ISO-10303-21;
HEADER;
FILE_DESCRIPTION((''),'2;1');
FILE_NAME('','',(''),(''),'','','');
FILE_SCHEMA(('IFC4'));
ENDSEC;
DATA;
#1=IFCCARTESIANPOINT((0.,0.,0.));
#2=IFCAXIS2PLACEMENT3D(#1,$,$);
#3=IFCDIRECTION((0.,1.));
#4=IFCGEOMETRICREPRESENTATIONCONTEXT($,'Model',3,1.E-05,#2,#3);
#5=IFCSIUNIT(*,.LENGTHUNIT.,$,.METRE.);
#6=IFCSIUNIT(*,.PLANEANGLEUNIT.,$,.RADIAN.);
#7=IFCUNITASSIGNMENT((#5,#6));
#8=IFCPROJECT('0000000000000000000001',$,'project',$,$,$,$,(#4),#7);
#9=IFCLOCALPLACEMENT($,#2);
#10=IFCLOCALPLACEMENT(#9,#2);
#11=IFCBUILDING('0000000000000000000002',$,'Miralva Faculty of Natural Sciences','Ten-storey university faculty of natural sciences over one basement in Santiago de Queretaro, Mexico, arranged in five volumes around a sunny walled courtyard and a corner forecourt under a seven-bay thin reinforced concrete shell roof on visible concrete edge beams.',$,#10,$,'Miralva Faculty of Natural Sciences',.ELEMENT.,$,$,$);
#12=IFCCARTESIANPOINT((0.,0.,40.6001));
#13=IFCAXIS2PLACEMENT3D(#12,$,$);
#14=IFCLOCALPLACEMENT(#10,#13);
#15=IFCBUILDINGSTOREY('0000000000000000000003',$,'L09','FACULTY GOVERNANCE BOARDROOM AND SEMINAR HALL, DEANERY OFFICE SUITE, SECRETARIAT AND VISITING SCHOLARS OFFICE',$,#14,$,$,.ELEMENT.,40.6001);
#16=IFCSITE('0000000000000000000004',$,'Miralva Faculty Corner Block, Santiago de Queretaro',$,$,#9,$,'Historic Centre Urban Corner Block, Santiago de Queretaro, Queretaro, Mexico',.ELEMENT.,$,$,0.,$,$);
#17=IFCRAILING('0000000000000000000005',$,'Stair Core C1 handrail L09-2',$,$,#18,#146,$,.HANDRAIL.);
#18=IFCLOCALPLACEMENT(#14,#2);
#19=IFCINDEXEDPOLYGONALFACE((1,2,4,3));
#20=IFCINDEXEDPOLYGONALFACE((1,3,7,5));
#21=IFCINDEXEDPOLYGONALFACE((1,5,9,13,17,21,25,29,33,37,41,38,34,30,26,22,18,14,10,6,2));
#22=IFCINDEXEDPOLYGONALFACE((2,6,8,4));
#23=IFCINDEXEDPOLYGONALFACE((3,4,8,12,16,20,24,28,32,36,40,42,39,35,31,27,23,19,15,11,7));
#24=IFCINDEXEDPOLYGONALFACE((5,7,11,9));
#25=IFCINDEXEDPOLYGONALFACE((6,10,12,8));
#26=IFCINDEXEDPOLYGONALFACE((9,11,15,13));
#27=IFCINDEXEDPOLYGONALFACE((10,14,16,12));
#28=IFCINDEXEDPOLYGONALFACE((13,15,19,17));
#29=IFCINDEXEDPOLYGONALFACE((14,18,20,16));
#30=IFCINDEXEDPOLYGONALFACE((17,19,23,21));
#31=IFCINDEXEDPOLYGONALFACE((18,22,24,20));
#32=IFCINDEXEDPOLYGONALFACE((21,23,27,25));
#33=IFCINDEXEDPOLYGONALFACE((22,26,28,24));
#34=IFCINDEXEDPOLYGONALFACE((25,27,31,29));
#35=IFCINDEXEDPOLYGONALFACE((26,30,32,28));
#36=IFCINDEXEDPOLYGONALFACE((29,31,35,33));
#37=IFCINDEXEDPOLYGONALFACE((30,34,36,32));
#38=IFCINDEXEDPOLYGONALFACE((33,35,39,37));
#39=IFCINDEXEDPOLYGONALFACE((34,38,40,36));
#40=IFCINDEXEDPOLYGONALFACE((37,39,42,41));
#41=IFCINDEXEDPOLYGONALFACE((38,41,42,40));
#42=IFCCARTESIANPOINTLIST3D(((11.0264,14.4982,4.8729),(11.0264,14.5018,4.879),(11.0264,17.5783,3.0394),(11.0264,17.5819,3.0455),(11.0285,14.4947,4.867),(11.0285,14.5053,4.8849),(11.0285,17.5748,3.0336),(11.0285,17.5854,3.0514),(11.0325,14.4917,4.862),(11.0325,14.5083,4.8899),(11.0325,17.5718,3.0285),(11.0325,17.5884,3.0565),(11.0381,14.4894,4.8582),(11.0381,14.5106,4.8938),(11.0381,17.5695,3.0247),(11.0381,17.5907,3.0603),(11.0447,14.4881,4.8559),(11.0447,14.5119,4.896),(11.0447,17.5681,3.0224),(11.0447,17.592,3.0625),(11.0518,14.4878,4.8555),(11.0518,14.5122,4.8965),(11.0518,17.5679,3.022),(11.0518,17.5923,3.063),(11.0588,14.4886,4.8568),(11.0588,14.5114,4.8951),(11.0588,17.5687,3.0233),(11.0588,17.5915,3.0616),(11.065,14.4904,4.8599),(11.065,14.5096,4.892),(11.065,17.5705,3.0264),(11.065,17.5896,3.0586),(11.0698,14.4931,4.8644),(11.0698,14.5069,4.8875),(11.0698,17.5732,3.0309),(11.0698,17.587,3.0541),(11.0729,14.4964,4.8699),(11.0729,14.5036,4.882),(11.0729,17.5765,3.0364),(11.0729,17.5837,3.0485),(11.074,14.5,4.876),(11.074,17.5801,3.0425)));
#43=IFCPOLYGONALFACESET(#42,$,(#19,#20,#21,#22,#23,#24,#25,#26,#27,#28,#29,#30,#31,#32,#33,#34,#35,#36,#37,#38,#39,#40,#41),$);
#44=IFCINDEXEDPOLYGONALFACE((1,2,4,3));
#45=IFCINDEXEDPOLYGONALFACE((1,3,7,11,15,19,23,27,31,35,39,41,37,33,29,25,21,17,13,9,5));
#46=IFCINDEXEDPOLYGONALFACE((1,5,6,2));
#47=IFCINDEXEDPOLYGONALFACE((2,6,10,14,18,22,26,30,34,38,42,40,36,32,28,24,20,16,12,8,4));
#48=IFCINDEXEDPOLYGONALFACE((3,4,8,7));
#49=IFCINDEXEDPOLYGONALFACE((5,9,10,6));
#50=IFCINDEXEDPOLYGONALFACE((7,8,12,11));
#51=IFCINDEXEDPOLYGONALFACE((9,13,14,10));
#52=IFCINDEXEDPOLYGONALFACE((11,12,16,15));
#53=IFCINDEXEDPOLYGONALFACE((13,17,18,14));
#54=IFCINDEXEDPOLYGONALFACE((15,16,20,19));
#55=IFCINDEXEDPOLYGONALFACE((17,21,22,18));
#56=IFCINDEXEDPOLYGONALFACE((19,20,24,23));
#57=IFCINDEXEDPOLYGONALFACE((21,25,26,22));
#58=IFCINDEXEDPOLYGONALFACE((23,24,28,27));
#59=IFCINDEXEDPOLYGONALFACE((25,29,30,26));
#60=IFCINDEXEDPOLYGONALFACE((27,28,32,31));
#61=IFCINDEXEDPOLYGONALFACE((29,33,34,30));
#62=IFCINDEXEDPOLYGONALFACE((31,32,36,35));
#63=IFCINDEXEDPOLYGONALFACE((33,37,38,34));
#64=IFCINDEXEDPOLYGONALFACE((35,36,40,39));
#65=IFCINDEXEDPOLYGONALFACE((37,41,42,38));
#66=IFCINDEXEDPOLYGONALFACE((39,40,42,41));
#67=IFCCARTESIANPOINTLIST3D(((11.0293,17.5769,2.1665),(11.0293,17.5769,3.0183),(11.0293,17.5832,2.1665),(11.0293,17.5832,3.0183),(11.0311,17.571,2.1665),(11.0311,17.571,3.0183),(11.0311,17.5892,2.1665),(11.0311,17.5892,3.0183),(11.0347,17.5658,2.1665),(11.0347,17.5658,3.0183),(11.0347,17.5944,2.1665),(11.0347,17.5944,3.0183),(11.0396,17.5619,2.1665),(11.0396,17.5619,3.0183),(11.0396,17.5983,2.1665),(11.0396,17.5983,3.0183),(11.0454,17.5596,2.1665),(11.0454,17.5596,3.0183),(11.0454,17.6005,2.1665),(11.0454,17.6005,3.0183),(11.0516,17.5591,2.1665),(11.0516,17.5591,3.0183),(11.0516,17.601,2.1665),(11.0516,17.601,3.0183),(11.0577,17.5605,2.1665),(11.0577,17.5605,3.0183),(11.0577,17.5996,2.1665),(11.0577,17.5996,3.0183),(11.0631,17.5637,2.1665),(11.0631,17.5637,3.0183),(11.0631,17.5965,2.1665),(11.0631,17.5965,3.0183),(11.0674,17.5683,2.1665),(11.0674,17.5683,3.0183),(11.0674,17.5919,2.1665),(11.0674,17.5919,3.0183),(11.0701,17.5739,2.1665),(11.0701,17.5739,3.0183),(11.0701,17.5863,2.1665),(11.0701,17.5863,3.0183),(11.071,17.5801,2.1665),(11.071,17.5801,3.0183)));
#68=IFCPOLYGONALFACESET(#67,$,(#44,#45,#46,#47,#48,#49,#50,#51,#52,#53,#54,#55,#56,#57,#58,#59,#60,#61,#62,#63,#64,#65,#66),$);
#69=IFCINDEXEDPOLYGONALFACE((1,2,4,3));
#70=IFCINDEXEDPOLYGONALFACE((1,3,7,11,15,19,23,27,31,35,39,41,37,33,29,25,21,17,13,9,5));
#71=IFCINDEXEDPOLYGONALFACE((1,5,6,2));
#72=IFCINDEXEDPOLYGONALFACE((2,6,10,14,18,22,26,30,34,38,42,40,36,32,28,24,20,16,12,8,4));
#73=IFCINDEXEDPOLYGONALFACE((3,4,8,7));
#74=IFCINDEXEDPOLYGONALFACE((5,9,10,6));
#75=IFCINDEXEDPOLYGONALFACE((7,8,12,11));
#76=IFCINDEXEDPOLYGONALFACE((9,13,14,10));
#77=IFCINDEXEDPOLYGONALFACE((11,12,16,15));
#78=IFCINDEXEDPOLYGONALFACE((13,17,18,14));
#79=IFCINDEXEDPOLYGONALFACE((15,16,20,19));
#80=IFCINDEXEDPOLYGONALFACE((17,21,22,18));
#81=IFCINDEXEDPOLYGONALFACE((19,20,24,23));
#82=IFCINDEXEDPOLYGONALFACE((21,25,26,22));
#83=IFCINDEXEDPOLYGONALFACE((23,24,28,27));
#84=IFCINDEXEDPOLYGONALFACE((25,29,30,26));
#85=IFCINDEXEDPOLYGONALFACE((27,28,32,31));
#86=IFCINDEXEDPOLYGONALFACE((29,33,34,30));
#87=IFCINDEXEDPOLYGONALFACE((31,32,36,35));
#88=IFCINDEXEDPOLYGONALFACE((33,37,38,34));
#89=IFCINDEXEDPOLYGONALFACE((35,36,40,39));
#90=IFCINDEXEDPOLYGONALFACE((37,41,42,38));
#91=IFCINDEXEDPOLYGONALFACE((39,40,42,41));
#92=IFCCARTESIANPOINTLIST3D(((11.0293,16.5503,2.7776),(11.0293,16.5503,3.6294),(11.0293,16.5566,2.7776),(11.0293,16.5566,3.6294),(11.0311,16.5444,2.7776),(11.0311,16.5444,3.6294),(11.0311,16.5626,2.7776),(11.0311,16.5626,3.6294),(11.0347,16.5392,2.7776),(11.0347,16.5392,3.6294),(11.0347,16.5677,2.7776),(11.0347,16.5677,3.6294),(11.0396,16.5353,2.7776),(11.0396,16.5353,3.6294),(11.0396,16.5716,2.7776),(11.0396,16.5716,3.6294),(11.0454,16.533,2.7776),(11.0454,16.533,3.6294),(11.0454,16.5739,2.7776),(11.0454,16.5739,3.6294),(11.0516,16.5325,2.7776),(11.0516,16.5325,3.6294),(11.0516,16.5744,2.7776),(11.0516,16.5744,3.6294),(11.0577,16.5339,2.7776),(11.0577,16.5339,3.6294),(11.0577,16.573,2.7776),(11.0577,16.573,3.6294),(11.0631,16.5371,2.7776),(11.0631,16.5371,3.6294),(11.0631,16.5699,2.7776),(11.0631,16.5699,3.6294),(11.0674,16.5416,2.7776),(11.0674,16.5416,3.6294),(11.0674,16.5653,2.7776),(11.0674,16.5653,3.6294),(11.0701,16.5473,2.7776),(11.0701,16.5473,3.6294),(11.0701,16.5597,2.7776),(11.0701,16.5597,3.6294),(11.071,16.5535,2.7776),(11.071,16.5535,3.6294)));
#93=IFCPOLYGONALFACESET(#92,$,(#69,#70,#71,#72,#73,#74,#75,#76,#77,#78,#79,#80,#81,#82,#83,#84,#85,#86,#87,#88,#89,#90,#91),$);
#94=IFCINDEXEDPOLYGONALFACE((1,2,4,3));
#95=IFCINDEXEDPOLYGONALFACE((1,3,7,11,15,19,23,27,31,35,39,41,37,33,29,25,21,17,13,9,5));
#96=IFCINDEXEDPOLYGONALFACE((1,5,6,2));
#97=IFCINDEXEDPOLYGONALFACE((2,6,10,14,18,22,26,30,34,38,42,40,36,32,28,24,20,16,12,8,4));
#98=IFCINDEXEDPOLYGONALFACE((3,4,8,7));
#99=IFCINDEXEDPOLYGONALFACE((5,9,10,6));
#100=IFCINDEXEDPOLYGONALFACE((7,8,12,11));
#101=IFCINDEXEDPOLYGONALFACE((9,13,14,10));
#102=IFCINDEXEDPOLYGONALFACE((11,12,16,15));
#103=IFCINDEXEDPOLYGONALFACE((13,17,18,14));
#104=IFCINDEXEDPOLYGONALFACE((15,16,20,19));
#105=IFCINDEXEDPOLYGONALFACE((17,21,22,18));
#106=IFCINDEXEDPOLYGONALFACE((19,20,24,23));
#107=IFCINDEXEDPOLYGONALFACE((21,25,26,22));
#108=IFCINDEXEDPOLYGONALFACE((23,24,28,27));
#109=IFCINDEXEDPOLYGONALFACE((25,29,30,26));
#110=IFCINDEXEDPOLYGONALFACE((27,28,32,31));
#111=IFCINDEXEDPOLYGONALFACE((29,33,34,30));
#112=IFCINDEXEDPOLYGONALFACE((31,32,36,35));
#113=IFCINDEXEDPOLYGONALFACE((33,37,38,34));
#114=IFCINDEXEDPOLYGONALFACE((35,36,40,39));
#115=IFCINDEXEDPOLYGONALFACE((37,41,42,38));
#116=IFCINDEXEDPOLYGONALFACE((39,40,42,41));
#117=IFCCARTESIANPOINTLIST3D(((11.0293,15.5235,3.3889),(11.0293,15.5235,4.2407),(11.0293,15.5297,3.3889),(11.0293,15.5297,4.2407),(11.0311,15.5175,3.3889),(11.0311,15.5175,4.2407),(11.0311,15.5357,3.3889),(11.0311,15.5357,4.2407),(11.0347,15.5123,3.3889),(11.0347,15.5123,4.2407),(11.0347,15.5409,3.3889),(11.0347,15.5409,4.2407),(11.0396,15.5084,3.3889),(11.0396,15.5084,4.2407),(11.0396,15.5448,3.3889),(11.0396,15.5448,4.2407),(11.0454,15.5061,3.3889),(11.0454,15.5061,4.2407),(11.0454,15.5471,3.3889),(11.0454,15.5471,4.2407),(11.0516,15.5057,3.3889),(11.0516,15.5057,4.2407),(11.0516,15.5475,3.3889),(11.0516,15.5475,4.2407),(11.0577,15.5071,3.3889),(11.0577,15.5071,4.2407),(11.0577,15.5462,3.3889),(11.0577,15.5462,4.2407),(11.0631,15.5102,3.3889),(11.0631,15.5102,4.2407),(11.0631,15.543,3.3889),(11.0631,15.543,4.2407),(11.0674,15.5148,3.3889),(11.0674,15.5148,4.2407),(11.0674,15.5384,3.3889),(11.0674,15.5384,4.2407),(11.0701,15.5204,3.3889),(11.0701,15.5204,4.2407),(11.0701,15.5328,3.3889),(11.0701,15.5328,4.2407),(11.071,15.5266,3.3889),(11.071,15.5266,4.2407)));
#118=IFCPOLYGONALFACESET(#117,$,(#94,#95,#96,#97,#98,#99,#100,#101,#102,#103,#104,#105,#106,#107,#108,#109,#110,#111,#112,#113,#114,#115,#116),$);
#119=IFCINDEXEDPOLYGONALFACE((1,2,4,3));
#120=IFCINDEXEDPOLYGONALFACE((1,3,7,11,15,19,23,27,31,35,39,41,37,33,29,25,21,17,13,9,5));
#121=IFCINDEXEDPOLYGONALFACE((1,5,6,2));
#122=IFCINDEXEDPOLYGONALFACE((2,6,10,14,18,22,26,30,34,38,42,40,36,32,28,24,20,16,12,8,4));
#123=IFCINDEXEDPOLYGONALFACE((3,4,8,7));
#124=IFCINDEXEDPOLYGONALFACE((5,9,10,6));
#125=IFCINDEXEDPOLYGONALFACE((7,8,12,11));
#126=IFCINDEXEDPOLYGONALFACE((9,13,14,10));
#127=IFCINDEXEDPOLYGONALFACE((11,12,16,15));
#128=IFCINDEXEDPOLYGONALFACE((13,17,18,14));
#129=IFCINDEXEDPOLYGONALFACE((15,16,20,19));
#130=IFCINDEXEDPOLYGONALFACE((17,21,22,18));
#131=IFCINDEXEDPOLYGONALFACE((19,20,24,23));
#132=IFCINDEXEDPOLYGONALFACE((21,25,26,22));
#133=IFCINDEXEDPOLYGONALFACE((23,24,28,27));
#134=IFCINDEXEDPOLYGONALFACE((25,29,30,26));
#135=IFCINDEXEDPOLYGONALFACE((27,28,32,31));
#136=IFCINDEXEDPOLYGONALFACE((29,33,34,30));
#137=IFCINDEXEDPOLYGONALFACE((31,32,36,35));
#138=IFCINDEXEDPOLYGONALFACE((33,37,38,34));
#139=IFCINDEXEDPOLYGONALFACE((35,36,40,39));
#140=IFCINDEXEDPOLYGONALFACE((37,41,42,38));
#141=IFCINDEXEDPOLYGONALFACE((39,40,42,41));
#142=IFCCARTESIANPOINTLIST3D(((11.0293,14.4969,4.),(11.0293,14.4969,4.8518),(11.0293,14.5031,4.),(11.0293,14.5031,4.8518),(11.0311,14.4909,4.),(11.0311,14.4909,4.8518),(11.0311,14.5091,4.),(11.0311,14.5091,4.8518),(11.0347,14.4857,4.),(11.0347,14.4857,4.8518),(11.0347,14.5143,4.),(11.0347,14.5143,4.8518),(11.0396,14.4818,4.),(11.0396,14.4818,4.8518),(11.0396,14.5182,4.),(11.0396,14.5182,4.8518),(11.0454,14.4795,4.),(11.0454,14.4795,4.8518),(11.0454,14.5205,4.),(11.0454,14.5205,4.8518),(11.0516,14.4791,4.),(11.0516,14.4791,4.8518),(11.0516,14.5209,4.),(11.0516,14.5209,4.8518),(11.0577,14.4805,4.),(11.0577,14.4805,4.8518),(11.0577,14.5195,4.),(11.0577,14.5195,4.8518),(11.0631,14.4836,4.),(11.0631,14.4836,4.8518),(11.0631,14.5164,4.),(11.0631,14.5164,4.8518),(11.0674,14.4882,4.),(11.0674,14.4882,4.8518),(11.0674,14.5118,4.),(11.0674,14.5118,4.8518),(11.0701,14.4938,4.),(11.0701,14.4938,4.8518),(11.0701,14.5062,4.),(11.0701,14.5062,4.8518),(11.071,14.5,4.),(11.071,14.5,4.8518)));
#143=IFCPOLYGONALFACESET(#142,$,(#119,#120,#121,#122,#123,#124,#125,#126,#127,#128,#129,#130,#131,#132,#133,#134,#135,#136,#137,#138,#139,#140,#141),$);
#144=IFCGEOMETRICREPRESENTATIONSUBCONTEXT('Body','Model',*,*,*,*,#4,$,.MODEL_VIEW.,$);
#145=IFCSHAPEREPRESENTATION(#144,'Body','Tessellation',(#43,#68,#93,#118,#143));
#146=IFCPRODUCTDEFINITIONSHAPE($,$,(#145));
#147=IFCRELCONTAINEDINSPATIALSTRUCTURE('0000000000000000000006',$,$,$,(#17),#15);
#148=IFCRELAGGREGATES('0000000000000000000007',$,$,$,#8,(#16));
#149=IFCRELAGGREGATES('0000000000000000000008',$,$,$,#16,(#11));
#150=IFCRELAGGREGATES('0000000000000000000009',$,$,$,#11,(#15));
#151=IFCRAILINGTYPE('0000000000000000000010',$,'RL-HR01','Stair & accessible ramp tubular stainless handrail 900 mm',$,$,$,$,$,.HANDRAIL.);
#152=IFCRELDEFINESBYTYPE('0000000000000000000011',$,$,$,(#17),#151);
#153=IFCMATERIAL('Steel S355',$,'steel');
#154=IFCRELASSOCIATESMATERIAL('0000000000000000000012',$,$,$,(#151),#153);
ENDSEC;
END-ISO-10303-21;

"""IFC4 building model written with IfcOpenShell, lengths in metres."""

from ifc_helpers import new_model, si_unit, direction, frame, origin, origin_2d, place, context, subcontext, project, spatial, circle, extrude, material, type_object, element, save


model = new_model("IFC4")

# Units and contexts
model_context = context("Model", 3, precision=1e-05, world=origin(), true_north=direction((0.0, 1.0)))
body_context = subcontext(model_context, "Body", "Model", "MODEL_VIEW")
ifc_project = project(units=[si_unit("LENGTHUNIT", "METRE"), si_unit("PLANEANGLEUNIT", "RADIAN")], contexts=[model_context])

# Site, building, storey
site_placement = place(None, origin())
site = spatial("IfcSite", under=ifc_project, at=site_placement, Name="Miralva Faculty Corner Block, Santiago de Queretaro", LongName="Historic Centre Urban Corner Block, Santiago de Queretaro, Queretaro, Mexico", CompositionType="ELEMENT", RefElevation=0.0)
building_placement = place(site_placement, origin())
building = spatial("IfcBuilding", under=site, at=building_placement, Name="Miralva Faculty of Natural Sciences", Description="Ten-storey university faculty of natural sciences over one basement in Santiago de Queretaro, Mexico, arranged in five volumes around a sunny walled courtyard and a corner forecourt under a seven-bay thin reinforced concrete shell roof on visible concrete edge beams.", LongName="Miralva Faculty of Natural Sciences", CompositionType="ELEMENT")
storey_placement = place(building_placement, frame((0.0, 0.0, 40.6001)))
storey = spatial("IfcBuildingStorey", under=building, at=storey_placement, Name="L09", Description="FACULTY GOVERNANCE BOARDROOM AND SEMINAR HALL, DEANERY OFFICE SUITE, SECRETARIAT AND VISITING SCHOLARS OFFICE", CompositionType="ELEMENT", Elevation=40.6001)

# Railing
ifc_material_1 = material(Name="Steel S355", Category="steel")
railing_type_1 = type_object("IfcRailingType", Name="RL-HR01", Description="Stair & accessible ramp tubular stainless handrail 900 mm", PredefinedType="HANDRAIL", material=ifc_material_1)
railing_1_placement = place(storey_placement, frame((11.05, 17.5801, 2.1665)))
element("IfcRailing", 1, at=railing_1_placement, inside=storey, type_object=railing_type_1, Name="Stair Core C1 handrail L09-2", PredefinedType="HANDRAIL", context=body_context, shape_type="SweptSolid", body=[
    extrude(circle(Radius=0.0239, at=origin_2d()), frame((0.0, 0.0, 0.876), z_axis=(0.0, -0.859279, 0.511508), x_axis=(1.0, 0.0, 0.0)), (0.0, 0.0, 1.0), 3.5845),
    extrude(circle(Radius=0.021, at=origin_2d()), origin(), (0.0, 0.0, 1.0), 0.8518),
    extrude(circle(Radius=0.021, at=origin_2d()), frame((0.0, -1.0266, 0.6111)), (0.0, 0.0, 1.0), 0.8518),
    extrude(circle(Radius=0.021, at=origin_2d()), frame((0.0, -2.0535, 1.2224)), (0.0, 0.0, 1.0), 0.8518),
    extrude(circle(Radius=0.021, at=origin_2d()), frame((0.0, -3.0801, 1.8335)), (0.0, 0.0, 1.0), 0.8518),
])

save(model, "model.ifc")
